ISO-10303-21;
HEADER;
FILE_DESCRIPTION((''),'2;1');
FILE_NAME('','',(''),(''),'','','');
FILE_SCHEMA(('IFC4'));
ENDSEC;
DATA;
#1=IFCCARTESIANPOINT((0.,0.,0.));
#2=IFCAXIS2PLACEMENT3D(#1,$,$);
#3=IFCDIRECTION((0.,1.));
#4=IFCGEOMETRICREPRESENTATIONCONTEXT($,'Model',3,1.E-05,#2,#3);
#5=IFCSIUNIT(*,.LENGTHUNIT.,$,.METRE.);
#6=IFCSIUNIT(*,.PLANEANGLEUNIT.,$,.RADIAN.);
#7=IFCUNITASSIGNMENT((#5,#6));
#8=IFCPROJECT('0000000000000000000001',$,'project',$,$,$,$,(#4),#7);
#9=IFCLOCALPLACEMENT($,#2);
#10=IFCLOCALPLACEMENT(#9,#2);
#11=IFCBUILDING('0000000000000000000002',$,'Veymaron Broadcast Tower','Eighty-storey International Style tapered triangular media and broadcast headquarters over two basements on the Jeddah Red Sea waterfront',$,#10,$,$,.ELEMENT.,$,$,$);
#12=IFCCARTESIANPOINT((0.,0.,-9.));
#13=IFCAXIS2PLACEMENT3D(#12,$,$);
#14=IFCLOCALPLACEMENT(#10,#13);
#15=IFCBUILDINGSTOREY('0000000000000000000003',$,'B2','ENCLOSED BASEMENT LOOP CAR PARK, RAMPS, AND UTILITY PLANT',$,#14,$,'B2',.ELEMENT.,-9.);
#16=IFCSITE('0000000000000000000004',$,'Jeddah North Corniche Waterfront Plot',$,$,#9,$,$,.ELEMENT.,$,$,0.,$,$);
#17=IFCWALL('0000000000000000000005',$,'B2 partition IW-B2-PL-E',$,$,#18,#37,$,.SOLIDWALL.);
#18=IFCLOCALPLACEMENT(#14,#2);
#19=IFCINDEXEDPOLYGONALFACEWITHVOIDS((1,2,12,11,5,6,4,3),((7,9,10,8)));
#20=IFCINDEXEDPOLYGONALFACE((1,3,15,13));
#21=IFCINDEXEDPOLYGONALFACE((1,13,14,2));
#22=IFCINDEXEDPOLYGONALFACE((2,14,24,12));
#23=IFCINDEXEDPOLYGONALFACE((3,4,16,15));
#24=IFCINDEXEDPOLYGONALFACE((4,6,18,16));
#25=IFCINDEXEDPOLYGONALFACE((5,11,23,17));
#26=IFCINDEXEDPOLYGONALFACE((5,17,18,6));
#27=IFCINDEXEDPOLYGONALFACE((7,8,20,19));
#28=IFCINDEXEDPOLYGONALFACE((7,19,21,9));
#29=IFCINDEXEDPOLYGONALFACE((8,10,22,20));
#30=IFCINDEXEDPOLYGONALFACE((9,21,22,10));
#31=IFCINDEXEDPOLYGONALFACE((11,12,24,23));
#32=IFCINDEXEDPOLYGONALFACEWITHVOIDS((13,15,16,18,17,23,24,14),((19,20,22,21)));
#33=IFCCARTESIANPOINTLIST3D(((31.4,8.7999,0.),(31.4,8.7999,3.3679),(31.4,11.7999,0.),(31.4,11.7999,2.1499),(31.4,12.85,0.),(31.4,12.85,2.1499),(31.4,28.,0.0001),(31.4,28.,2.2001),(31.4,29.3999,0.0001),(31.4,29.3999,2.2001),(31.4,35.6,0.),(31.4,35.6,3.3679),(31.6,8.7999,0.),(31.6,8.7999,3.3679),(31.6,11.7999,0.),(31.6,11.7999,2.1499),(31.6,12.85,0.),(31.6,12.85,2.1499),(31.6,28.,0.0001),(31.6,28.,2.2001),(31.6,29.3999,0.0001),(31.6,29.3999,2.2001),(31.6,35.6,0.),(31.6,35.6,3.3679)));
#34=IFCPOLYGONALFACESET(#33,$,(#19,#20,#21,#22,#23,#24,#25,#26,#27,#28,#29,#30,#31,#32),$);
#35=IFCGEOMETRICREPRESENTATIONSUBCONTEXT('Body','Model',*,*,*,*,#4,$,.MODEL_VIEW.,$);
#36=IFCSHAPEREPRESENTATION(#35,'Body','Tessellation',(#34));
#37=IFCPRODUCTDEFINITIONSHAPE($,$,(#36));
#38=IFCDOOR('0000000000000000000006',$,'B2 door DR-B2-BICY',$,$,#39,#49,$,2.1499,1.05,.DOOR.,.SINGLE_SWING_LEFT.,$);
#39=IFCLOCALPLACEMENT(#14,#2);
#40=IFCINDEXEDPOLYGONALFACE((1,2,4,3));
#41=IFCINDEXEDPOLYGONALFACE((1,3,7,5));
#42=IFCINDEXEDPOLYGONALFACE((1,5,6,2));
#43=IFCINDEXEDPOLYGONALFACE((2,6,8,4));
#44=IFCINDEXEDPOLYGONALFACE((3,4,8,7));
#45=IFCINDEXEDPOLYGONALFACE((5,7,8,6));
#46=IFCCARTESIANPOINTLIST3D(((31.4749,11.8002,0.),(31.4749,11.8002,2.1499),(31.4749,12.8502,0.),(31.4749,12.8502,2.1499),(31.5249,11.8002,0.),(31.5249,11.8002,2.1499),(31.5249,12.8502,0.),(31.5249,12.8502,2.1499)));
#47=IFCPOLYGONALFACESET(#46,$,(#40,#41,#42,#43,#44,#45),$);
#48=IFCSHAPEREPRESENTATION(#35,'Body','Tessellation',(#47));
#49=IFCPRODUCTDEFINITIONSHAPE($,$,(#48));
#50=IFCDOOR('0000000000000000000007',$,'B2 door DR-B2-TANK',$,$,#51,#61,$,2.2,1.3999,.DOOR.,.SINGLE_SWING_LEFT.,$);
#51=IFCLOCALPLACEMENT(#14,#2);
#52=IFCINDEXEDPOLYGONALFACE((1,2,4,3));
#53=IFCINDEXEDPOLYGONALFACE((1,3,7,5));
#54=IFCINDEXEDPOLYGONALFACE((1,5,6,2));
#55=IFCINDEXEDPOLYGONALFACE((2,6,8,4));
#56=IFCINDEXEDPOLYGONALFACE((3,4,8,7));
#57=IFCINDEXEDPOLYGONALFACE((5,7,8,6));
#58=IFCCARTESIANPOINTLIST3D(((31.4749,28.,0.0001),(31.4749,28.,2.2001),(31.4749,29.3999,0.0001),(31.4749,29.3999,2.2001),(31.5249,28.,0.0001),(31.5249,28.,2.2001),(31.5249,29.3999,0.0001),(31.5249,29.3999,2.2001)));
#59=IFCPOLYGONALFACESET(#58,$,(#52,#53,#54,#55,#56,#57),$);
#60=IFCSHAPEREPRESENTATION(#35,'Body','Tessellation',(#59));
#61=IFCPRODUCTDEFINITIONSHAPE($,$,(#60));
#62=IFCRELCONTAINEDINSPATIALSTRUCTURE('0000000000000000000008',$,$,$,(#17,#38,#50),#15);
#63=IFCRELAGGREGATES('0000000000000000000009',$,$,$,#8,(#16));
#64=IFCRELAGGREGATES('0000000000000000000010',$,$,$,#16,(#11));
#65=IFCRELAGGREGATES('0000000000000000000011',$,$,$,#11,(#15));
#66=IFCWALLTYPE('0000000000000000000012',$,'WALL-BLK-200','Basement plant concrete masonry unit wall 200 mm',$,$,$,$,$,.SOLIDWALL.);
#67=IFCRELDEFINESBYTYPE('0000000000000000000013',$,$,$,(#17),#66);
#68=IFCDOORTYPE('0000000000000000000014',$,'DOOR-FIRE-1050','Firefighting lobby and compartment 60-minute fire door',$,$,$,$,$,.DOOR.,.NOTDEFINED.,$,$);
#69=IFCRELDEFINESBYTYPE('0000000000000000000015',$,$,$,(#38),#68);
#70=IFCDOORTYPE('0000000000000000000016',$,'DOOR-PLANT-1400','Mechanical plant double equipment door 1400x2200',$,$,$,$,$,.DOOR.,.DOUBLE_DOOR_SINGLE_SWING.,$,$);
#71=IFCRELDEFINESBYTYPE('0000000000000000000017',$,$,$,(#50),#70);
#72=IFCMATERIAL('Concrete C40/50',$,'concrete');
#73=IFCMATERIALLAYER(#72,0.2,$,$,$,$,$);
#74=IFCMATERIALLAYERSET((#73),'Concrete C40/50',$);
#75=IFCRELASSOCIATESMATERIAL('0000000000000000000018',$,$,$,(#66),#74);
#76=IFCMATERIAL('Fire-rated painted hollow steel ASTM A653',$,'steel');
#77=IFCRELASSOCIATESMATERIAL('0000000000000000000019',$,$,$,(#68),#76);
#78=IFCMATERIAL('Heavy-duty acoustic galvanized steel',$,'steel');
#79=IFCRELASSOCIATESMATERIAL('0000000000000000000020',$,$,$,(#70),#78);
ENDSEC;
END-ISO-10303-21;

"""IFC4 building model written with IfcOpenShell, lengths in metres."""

from ifc_helpers import new_model, si_unit, direction, frame, frame_2d, origin, place, context, subcontext, project, spatial, rectangle, extrude, material, layer, layer_set, type_object, element, fill, save


model = new_model("IFC4")

# Units and contexts
model_context = context("Model", 3, precision=1e-05, world=origin(), true_north=direction((0.0, 1.0)))
body_context = subcontext(model_context, "Body", "Model", "MODEL_VIEW")
ifc_project = project(units=[si_unit("LENGTHUNIT", "METRE"), si_unit("PLANEANGLEUNIT", "RADIAN")], contexts=[model_context])

# Site, building, storey
site_placement = place(None, origin())
site = spatial("IfcSite", under=ifc_project, at=site_placement, Name="Jeddah North Corniche Waterfront Plot", CompositionType="ELEMENT", RefElevation=0.0)
building_placement = place(site_placement, origin())
building = spatial("IfcBuilding", under=site, at=building_placement, Name="Veymaron Broadcast Tower", Description="Eighty-storey International Style tapered triangular media and broadcast headquarters over two basements on the Jeddah Red Sea waterfront", CompositionType="ELEMENT")
storey_placement = place(building_placement, frame((0.0, 0.0, -9.0)))
storey = spatial("IfcBuildingStorey", under=building, at=storey_placement, Name="B2", Description="ENCLOSED BASEMENT LOOP CAR PARK, RAMPS, AND UTILITY PLANT", LongName="B2", CompositionType="ELEMENT", Elevation=-9.0)

# Wall, openings, doors
ifc_material_1 = material(Name="Concrete C40/50", Category="concrete")
ifc_layer = layer(ifc_material_1, 0.2)
ifc_layer_set = layer_set([ifc_layer], Name="Concrete C40/50")
wall_type = type_object("IfcWallType", Name="WALL-BLK-200", Description="Basement plant concrete masonry unit wall 200 mm", PredefinedType="SOLIDWALL", material=ifc_layer_set)
wall_placement = place(storey_placement, frame((31.5, 8.8, 0.0), z_axis=(0.0, 0.0, 1.0), x_axis=(0.0, 1.0, 0.0)))
wall = element("IfcWall", 1, at=wall_placement, inside=storey, type_object=wall_type, Name="B2 partition IW-B2-PL-E", PredefinedType="SOLIDWALL", context=body_context, shape_type="SweptSolid", body=[
    extrude(rectangle(XDim=26.8, YDim=0.2, at=frame_2d((13.3999, 0.0))), origin(), (0.0, 0.0, 1.0), 3.3679),
])
opening_1_placement = place(wall_placement, frame((3.0, 0.0, 0.0)))
opening_1 = element("IfcOpeningElement", 2, at=opening_1_placement, cuts=wall, PredefinedType="OPENING", context=body_context, shape_type="SweptSolid", body=[
    extrude(rectangle(XDim=1.05, YDim=2.1499, at=frame_2d((0.5249, 1.075))), frame((0.0, 0.1099, 0.0), z_axis=(0.0, -1.0, 0.0), x_axis=(1.0, 0.0, 0.0)), (0.0, 0.0, 1.0), 0.22),
])
opening_2_placement = place(wall_placement, frame((19.2, 0.0, 0.0)))
opening_2 = element("IfcOpeningElement", 3, at=opening_2_placement, cuts=wall, PredefinedType="OPENING", context=body_context, shape_type="SweptSolid", body=[
    extrude(rectangle(XDim=1.3999, YDim=2.2, at=frame_2d((0.7, 1.1001))), frame((0.0, 0.1099, 0.0), z_axis=(0.0, -1.0, 0.0), x_axis=(1.0, 0.0, 0.0)), (0.0, 0.0, 1.0), 0.22),
])
ifc_material_2 = material(Name="Fire-rated painted hollow steel ASTM A653", Category="steel")
door_type_1 = type_object("IfcDoorType", Name="DOOR-FIRE-1050", Description="Firefighting lobby and compartment 60-minute fire door", OperationType="NOTDEFINED", PredefinedType="DOOR", material=ifc_material_2)
door_1_placement = place(opening_1_placement, frame((1.05, 0.0, 0.0), z_axis=(0.0, 0.0, 1.0), x_axis=(-1.0, 0.0, 0.0)))
door_1 = element("IfcDoor", 4, at=door_1_placement, inside=storey, type_object=door_type_1, Name="B2 door DR-B2-BICY", OperationType="SINGLE_SWING_LEFT", OverallHeight=2.1499, OverallWidth=1.05, PredefinedType="DOOR", context=body_context, shape_type="SweptSolid", body=[
    extrude(rectangle(XDim=1.05, YDim=2.1499, at=frame_2d((0.5249, 1.075))), frame((0.0, 0.0249, 0.0), z_axis=(0.0, -1.0, 0.0), x_axis=(1.0, 0.0, 0.0)), (0.0, 0.0, 1.0), 0.05),
])
fill(opening_1, door_1)
ifc_material_3 = material(Name="Heavy-duty acoustic galvanized steel", Category="steel")
door_type_2 = type_object("IfcDoorType", Name="DOOR-PLANT-1400", Description="Mechanical plant double equipment door 1400x2200", OperationType="DOUBLE_DOOR_SINGLE_SWING", PredefinedType="DOOR", material=ifc_material_3)
door_2_placement = place(opening_2_placement, frame((1.3999, 0.0, 0.0), z_axis=(0.0, 0.0, 1.0), x_axis=(-1.0, 0.0, 0.0)))
door_2 = element("IfcDoor", 5, at=door_2_placement, inside=storey, type_object=door_type_2, Name="B2 door DR-B2-TANK", OperationType="SINGLE_SWING_LEFT", OverallHeight=2.2, OverallWidth=1.3999, PredefinedType="DOOR", context=body_context, shape_type="SweptSolid", body=[
    extrude(rectangle(XDim=1.3999, YDim=2.2, at=frame_2d((0.7, 1.1001))), frame((0.0, 0.0249, 0.0), z_axis=(0.0, -1.0, 0.0), x_axis=(1.0, 0.0, 0.0)), (0.0, 0.0, 1.0), 0.05),
])
fill(opening_2, door_2)

save(model, "model.ifc")
